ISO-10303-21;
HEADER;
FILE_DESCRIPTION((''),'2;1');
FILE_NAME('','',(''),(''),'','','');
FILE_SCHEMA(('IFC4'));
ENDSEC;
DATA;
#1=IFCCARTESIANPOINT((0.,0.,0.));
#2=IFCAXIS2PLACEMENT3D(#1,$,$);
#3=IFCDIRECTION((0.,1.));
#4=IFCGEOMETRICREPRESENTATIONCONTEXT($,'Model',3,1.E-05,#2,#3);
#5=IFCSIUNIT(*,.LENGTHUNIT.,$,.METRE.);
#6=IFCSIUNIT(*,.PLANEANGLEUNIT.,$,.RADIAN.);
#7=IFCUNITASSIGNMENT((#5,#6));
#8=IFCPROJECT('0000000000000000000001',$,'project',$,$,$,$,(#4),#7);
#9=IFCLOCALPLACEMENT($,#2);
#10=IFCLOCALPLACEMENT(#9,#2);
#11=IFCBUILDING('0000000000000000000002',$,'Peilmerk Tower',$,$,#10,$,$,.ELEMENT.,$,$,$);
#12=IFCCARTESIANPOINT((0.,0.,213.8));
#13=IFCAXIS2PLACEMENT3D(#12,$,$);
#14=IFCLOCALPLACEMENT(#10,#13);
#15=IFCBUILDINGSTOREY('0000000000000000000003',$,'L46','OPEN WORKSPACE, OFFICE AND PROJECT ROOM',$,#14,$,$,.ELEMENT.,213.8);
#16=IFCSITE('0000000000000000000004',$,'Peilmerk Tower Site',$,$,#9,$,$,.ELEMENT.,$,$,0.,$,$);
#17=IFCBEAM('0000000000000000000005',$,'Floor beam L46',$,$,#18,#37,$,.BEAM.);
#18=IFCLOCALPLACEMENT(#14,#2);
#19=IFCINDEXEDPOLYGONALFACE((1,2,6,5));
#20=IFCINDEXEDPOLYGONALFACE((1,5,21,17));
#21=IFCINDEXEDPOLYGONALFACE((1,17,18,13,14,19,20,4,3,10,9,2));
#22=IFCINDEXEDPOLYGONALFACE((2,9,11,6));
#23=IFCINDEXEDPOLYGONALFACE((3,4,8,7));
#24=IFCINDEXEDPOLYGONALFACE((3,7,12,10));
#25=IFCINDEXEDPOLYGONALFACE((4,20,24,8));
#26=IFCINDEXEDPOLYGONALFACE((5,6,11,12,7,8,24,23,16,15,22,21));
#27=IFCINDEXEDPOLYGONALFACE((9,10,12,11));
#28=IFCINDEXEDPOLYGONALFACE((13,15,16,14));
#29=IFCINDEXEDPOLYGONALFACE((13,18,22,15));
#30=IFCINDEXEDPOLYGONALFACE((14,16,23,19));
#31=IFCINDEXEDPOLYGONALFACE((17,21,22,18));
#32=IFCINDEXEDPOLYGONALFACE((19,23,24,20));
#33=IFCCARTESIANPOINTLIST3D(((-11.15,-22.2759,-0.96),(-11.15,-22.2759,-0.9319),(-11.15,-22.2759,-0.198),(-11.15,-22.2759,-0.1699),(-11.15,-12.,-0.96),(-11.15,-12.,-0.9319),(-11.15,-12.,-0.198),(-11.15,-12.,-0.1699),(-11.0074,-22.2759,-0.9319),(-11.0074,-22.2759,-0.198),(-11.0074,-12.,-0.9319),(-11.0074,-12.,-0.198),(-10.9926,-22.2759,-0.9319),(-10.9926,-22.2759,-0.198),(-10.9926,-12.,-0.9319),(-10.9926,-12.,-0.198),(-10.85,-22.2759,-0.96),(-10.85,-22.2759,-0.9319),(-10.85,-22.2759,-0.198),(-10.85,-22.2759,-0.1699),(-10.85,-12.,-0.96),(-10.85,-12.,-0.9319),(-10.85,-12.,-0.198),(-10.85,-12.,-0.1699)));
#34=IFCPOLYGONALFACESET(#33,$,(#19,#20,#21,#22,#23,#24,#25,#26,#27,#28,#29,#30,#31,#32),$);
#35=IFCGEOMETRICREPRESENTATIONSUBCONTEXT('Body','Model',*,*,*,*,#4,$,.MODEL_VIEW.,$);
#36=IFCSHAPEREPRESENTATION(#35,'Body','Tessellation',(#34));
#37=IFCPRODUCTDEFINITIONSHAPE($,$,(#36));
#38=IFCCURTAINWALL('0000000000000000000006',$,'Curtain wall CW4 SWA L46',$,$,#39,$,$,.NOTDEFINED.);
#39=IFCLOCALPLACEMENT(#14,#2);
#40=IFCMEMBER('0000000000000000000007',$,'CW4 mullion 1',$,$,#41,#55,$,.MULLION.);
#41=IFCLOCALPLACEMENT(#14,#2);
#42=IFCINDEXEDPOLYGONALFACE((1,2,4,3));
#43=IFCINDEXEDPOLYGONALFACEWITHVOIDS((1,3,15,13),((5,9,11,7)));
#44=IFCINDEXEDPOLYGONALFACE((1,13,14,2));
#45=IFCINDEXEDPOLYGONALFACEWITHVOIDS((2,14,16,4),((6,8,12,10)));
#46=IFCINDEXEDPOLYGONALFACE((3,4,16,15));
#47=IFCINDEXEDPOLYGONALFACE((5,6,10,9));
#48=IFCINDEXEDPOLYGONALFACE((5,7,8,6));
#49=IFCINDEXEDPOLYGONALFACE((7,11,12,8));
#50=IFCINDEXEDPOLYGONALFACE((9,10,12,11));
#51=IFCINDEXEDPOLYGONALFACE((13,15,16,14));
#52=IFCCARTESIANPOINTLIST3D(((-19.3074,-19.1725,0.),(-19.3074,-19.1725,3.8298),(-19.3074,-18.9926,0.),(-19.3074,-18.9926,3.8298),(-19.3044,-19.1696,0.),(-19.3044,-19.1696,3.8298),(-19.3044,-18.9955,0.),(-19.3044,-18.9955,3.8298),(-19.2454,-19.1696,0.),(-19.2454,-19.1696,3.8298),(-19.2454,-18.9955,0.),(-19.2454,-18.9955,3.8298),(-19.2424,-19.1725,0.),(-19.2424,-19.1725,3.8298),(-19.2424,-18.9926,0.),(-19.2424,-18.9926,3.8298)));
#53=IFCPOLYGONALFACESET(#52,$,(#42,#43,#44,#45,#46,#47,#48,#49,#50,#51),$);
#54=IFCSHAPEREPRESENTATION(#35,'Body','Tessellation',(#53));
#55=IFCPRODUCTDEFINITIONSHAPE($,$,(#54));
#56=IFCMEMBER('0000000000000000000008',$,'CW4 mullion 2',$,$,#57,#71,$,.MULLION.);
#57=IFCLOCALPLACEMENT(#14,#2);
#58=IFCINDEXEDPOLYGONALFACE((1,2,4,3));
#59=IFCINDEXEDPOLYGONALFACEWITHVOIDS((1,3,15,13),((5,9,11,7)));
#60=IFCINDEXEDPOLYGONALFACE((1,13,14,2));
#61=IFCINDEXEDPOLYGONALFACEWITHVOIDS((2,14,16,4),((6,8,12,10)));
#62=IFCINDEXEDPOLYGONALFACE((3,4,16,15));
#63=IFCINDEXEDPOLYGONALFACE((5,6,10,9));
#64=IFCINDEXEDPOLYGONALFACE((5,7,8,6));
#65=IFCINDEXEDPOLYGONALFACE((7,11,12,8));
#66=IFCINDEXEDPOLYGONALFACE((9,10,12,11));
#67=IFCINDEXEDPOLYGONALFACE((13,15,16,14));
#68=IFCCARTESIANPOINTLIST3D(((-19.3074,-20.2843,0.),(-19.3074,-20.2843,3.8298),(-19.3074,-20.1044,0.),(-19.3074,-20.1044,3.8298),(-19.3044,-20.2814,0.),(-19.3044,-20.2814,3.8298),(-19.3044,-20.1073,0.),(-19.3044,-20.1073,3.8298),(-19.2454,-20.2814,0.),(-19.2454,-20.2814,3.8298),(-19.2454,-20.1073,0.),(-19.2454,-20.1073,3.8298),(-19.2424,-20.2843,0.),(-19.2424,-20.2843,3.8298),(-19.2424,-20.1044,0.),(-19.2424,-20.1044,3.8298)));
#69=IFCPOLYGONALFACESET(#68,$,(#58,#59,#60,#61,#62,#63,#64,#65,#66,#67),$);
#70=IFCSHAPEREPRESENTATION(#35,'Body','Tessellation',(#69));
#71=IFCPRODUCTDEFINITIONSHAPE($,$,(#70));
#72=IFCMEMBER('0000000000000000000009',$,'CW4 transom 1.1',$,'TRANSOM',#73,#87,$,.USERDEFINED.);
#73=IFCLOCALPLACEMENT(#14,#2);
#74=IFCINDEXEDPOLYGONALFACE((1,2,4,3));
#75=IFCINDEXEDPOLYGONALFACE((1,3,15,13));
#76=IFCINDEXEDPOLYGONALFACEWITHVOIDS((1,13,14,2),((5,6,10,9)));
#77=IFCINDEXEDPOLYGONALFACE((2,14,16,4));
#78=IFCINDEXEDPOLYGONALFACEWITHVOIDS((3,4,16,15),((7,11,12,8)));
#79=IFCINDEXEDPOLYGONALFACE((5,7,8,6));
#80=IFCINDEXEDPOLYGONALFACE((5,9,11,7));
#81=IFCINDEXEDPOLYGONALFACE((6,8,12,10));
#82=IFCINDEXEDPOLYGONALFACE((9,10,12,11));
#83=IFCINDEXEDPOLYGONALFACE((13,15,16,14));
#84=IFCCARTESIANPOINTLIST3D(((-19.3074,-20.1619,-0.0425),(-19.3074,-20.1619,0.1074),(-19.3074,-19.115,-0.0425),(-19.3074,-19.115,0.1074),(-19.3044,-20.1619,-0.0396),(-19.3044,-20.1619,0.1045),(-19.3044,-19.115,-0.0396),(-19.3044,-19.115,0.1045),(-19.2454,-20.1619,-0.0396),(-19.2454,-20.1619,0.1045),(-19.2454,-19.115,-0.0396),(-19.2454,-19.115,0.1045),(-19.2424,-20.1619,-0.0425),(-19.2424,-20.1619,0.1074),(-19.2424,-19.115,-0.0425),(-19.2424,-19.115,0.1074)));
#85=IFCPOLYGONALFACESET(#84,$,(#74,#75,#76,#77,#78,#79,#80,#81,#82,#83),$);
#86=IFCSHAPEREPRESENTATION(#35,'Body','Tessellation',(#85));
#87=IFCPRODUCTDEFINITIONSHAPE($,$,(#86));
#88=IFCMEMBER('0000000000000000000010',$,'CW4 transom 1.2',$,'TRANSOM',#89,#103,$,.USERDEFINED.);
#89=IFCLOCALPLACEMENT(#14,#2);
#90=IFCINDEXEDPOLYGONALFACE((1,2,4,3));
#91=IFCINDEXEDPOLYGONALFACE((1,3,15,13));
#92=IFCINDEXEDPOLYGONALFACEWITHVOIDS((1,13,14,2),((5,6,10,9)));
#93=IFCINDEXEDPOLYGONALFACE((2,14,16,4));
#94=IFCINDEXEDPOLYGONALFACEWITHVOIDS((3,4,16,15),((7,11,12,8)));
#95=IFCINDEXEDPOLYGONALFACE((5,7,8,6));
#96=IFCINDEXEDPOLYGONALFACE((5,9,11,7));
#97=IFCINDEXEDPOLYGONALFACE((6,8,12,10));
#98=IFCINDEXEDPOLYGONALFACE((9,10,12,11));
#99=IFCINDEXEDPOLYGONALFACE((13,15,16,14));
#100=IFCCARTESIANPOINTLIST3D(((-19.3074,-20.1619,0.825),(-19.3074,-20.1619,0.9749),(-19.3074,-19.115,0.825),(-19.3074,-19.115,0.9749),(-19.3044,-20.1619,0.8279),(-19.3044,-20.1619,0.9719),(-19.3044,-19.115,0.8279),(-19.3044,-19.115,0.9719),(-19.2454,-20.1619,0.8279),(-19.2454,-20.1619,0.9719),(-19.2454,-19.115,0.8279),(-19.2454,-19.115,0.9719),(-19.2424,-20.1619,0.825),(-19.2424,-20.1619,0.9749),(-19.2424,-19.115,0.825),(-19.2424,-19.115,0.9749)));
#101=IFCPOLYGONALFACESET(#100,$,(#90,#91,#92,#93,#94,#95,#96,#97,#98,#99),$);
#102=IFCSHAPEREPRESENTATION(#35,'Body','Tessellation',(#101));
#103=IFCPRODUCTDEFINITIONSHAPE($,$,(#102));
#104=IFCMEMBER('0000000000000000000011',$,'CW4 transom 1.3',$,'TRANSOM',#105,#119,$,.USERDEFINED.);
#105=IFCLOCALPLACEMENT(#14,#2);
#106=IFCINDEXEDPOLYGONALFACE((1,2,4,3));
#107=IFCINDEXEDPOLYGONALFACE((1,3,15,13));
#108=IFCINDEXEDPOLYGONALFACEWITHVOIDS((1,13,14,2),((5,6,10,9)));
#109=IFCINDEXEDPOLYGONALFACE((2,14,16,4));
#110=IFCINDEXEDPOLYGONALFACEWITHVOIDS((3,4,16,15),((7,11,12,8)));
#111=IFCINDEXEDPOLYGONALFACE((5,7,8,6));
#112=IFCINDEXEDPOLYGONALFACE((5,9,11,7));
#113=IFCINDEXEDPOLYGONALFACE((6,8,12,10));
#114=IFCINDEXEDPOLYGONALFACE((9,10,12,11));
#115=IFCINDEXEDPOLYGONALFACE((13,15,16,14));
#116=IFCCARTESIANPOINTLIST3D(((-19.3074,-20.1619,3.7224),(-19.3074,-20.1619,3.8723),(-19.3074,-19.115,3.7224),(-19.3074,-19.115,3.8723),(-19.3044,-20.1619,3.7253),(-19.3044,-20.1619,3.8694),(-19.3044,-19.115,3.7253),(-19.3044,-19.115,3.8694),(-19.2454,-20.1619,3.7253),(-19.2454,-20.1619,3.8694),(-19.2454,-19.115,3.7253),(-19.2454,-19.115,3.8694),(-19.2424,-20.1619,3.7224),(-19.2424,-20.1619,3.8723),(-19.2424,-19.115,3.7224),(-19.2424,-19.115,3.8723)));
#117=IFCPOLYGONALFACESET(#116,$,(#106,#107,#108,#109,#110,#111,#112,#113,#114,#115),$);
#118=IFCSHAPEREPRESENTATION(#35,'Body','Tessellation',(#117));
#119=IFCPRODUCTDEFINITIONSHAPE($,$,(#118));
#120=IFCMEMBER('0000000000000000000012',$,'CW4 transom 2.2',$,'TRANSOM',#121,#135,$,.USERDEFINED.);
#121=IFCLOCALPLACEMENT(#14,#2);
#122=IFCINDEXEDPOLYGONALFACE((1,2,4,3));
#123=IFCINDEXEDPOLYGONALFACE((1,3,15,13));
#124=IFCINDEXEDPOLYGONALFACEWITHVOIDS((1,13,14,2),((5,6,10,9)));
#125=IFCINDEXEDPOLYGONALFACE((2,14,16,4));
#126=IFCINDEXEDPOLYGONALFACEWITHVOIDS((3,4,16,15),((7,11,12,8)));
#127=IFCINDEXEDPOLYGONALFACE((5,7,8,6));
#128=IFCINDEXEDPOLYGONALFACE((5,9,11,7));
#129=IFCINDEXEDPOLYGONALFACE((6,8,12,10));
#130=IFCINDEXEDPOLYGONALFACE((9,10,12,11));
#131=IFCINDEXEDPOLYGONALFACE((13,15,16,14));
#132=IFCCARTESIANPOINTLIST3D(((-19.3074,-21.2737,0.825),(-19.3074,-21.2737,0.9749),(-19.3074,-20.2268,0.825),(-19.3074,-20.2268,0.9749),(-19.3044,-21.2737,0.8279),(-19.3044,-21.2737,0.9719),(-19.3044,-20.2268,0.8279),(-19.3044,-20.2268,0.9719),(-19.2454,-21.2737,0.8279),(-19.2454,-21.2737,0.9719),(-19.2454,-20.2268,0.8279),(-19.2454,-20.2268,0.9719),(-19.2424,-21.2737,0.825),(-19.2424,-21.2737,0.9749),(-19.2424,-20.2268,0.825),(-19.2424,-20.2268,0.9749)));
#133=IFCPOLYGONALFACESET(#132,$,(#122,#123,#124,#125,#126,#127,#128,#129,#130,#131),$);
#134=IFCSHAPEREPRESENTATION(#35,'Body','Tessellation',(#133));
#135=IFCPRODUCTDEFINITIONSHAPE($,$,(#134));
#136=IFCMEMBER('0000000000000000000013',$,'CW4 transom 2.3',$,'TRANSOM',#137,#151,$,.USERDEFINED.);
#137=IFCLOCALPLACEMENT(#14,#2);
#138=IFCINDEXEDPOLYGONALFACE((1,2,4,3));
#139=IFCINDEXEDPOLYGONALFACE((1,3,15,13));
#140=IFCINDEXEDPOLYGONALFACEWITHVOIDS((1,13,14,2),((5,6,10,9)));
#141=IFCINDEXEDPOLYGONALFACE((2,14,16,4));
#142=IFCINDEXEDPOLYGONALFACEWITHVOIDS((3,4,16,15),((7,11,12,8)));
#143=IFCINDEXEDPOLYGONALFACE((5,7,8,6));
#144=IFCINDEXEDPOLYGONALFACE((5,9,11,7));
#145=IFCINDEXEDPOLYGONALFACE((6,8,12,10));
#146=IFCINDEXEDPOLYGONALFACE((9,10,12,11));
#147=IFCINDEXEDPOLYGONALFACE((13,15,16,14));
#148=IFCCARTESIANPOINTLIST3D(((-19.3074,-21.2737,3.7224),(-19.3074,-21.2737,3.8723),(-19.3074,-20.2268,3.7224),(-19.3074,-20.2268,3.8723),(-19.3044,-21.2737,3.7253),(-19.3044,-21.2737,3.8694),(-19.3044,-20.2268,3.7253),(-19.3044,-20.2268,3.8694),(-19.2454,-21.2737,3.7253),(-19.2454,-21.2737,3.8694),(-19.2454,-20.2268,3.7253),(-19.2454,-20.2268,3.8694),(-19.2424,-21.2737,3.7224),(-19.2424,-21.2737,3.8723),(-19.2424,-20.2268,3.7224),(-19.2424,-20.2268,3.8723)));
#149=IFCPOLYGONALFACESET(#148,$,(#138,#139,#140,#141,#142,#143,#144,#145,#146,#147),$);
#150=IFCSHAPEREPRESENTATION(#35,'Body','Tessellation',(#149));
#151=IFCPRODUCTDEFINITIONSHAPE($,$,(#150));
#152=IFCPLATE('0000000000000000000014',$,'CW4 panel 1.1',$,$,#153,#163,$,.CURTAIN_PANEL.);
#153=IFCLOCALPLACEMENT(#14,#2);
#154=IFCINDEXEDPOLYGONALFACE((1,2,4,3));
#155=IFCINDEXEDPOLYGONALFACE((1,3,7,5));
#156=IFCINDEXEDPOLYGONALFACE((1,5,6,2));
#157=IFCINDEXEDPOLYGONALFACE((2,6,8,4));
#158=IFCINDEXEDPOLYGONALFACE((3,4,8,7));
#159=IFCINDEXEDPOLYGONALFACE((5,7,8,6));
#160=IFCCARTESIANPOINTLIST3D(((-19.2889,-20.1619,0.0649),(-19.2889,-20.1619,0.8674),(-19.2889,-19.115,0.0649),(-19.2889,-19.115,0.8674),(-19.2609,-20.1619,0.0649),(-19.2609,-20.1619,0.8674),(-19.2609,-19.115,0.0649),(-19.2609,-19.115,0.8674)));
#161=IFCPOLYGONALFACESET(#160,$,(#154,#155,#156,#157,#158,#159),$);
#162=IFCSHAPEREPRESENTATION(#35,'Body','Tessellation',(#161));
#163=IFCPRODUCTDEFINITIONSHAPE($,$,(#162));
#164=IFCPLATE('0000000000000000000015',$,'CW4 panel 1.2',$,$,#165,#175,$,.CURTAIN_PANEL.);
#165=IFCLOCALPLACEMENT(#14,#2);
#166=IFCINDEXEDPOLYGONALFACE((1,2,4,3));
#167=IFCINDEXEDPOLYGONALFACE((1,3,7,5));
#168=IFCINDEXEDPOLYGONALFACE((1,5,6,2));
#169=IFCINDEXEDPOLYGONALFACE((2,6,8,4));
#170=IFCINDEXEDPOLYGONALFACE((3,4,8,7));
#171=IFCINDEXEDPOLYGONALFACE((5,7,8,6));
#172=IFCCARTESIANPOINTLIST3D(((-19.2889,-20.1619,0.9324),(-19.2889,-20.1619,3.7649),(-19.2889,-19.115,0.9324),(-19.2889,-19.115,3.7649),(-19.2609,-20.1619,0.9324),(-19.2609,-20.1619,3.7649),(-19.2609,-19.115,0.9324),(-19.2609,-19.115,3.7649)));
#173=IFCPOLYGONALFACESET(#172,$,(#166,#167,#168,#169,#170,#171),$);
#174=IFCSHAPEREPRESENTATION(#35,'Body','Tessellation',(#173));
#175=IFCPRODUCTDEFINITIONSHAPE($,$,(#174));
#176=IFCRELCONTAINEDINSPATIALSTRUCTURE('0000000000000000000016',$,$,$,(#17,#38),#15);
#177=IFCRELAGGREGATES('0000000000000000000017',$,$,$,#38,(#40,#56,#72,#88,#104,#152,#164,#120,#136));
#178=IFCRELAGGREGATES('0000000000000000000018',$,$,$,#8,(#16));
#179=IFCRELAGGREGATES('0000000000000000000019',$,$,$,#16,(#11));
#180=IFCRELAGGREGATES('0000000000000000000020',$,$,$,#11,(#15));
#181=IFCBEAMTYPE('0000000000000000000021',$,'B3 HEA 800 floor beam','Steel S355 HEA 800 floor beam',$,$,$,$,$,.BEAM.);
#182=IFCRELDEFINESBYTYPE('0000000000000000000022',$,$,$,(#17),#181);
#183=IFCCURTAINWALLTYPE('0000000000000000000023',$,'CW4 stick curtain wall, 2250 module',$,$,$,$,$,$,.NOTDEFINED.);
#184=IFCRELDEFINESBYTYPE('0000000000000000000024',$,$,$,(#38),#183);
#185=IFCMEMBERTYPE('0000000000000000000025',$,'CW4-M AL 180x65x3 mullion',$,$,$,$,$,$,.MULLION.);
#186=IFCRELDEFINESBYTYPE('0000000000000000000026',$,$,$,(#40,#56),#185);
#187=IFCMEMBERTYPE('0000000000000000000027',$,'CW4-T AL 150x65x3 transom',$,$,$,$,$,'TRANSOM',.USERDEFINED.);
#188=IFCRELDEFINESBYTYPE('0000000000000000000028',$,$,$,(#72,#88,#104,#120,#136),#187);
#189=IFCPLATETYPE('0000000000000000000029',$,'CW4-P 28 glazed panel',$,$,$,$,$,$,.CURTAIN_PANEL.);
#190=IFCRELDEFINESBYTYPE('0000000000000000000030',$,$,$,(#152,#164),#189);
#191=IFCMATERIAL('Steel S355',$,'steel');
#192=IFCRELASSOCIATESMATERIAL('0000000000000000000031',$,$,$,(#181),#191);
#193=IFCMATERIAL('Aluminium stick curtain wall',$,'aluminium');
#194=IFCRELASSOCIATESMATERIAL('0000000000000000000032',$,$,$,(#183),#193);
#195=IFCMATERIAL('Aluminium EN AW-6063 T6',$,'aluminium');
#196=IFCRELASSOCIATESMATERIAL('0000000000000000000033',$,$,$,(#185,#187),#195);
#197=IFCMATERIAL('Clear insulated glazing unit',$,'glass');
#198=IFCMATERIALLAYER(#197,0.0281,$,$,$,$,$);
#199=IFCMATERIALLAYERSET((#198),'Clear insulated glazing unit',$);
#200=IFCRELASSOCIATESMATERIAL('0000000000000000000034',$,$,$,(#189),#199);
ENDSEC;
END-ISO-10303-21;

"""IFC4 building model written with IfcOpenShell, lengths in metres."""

from ifc_helpers import new_model, si_unit, direction, frame, origin, origin_2d, place, context, subcontext, project, spatial, rectangle, hollow_rectangle, i_section, extrude, material, layer, layer_set, material_profile, profile_set, type_object, element, aggregate, save


model = new_model("IFC4")

# Units and contexts
model_context = context("Model", 3, precision=1e-05, world=origin(), true_north=direction((0.0, 1.0)))
body_context = subcontext(model_context, "Body", "Model", "MODEL_VIEW")
ifc_project = project(units=[si_unit("LENGTHUNIT", "METRE"), si_unit("PLANEANGLEUNIT", "RADIAN")], contexts=[model_context])

# Site, building, storey
site_placement = place(None, origin())
site = spatial("IfcSite", under=ifc_project, at=site_placement, Name="Peilmerk Tower Site", CompositionType="ELEMENT", RefElevation=0.0)
building_placement = place(site_placement, origin())
building = spatial("IfcBuilding", under=site, at=building_placement, Name="Peilmerk Tower", CompositionType="ELEMENT")
storey_placement = place(building_placement, frame((0.0, 0.0, 213.8)))
storey = spatial("IfcBuildingStorey", under=building, at=storey_placement, Name="L46", Description="OPEN WORKSPACE, OFFICE AND PROJECT ROOM", CompositionType="ELEMENT", Elevation=213.8)

# Beam
ifc_material_1 = material(Name="Steel S355", Category="steel")
ifc_material_profile_1 = material_profile(ifc_material_1, i_section(OverallWidth=0.3, OverallDepth=0.79, WebThickness=0.0149, FlangeThickness=0.0281, at=origin_2d()), Name="HEA 800")
ifc_profile_set_1 = profile_set([ifc_material_profile_1], Name="Steel S355")
beam_type_1 = type_object("IfcBeamType", Name="B3 HEA 800 floor beam", Description="Steel S355 HEA 800 floor beam", PredefinedType="BEAM", material=ifc_profile_set_1)
beam_1_placement = place(storey_placement, frame((-11.0, -12.0, -0.5649), z_axis=(0.0, -1.0, 0.0), x_axis=(1.0, 0.0, 0.0)))
element("IfcBeam", 1, at=beam_1_placement, inside=storey, type_object=beam_type_1, Name="Floor beam L46", PredefinedType="BEAM", context=body_context, shape_type="SweptSolid", body=[
    extrude(i_section(OverallWidth=0.3, OverallDepth=0.79, WebThickness=0.0149, FlangeThickness=0.0281, at=origin_2d()), origin(), (0.0, 0.0, 1.0), 10.2759),
])

# Curtain wall, members, plates
ifc_material_2 = material(Name="Aluminium stick curtain wall", Category="aluminium")
curtain_wall_type = type_object("IfcCurtainWallType", Name="CW4 stick curtain wall, 2250 module", PredefinedType="NOTDEFINED", material=ifc_material_2)
curtain_wall_placement = place(storey_placement, origin())
curtain_wall = element("IfcCurtainWall", 2, at=curtain_wall_placement, inside=storey, type_object=curtain_wall_type, Name="Curtain wall CW4 SWA L46", PredefinedType="NOTDEFINED")
ifc_material_3 = material(Name="Aluminium EN AW-6063 T6", Category="aluminium")
ifc_material_profile_2 = material_profile(ifc_material_3, hollow_rectangle(XDim=0.0649, YDim=0.1799, WallThickness=0.0029, at=origin_2d()), Name="AL 180x65x3")
ifc_profile_set_2 = profile_set([ifc_material_profile_2], Name="Aluminium EN AW-6063 T6")
member_type_1 = type_object("IfcMemberType", Name="CW4-M AL 180x65x3 mullion", PredefinedType="MULLION", material=ifc_profile_set_2)
member_1_placement = place(storey_placement, frame((-19.2749, -19.0825, 0.0), z_axis=(0.0, 0.0, 1.0), x_axis=(1.0, 0.0, 0.0)))
member_1 = element("IfcMember", 3, at=member_1_placement, type_object=member_type_1, Name="CW4 mullion 1", PredefinedType="MULLION", context=body_context, shape_type="SweptSolid", body=[
    extrude(hollow_rectangle(XDim=0.0649, YDim=0.1799, WallThickness=0.0029, at=origin_2d()), origin(), (0.0, 0.0, 1.0), 3.8298),
])
member_2_placement = place(storey_placement, frame((-19.2749, -20.1943, 0.0), z_axis=(0.0, 0.0, 1.0), x_axis=(1.0, 0.0, 0.0)))
member_2 = element("IfcMember", 4, at=member_2_placement, type_object=member_type_1, Name="CW4 mullion 2", PredefinedType="MULLION", context=body_context, shape_type="SweptSolid", body=[
    extrude(hollow_rectangle(XDim=0.0649, YDim=0.1799, WallThickness=0.0029, at=origin_2d()), origin(), (0.0, 0.0, 1.0), 3.8298),
])
ifc_material_profile_3 = material_profile(ifc_material_3, hollow_rectangle(XDim=0.0649, YDim=0.1499, WallThickness=0.0029, at=origin_2d()), Name="AL 150x65x3")
ifc_profile_set_3 = profile_set([ifc_material_profile_3], Name="Aluminium EN AW-6063 T6")
member_type_2 = type_object("IfcMemberType", Name="CW4-T AL 150x65x3 transom", ElementType="TRANSOM", PredefinedType="USERDEFINED", material=ifc_profile_set_3)
member_3_placement = place(storey_placement, frame((-19.2749, -19.115, 0.0325), z_axis=(0.0, -1.0, 0.0), x_axis=(1.0, 0.0, 0.0)))
member_3 = element("IfcMember", 5, at=member_3_placement, type_object=member_type_2, Name="CW4 transom 1.1", ObjectType="TRANSOM", PredefinedType="USERDEFINED", context=body_context, shape_type="SweptSolid", body=[
    extrude(hollow_rectangle(XDim=0.0649, YDim=0.1499, WallThickness=0.0029, at=origin_2d()), origin(), (0.0, 0.0, 1.0), 1.0469),
])
member_4_placement = place(storey_placement, frame((-19.2749, -19.115, 0.8999), z_axis=(0.0, -1.0, 0.0), x_axis=(1.0, 0.0, 0.0)))
member_4 = element("IfcMember", 6, at=member_4_placement, type_object=member_type_2, Name="CW4 transom 1.2", ObjectType="TRANSOM", PredefinedType="USERDEFINED", context=body_context, shape_type="SweptSolid", body=[
    extrude(hollow_rectangle(XDim=0.0649, YDim=0.1499, WallThickness=0.0029, at=origin_2d()), origin(), (0.0, 0.0, 1.0), 1.0469),
])
member_5_placement = place(storey_placement, frame((-19.2749, -19.115, 3.7974), z_axis=(0.0, -1.0, 0.0), x_axis=(1.0, 0.0, 0.0)))
member_5 = element("IfcMember", 7, at=member_5_placement, type_object=member_type_2, Name="CW4 transom 1.3", ObjectType="TRANSOM", PredefinedType="USERDEFINED", context=body_context, shape_type="SweptSolid", body=[
    extrude(hollow_rectangle(XDim=0.0649, YDim=0.1499, WallThickness=0.0029, at=origin_2d()), origin(), (0.0, 0.0, 1.0), 1.0469),
])
member_6_placement = place(storey_placement, frame((-19.2749, -20.2268, 0.8999), z_axis=(0.0, -1.0, 0.0), x_axis=(1.0, 0.0, 0.0)))
member_6 = element("IfcMember", 8, at=member_6_placement, type_object=member_type_2, Name="CW4 transom 2.2", ObjectType="TRANSOM", PredefinedType="USERDEFINED", context=body_context, shape_type="SweptSolid", body=[
    extrude(hollow_rectangle(XDim=0.0649, YDim=0.1499, WallThickness=0.0029, at=origin_2d()), origin(), (0.0, 0.0, 1.0), 1.0469),
])
member_7_placement = place(storey_placement, frame((-19.2749, -20.2268, 3.7974), z_axis=(0.0, -1.0, 0.0), x_axis=(1.0, 0.0, 0.0)))
member_7 = element("IfcMember", 9, at=member_7_placement, type_object=member_type_2, Name="CW4 transom 2.3", ObjectType="TRANSOM", PredefinedType="USERDEFINED", context=body_context, shape_type="SweptSolid", body=[
    extrude(hollow_rectangle(XDim=0.0649, YDim=0.1499, WallThickness=0.0029, at=origin_2d()), origin(), (0.0, 0.0, 1.0), 1.0469),
])
ifc_material_4 = material(Name="Clear insulated glazing unit", Category="glass")
ifc_layer_1 = layer(ifc_material_4, 0.0281)
ifc_layer_set_1 = layer_set([ifc_layer_1], Name="Clear insulated glazing unit")
plate_type = type_object("IfcPlateType", Name="CW4-P 28 glazed panel", PredefinedType="CURTAIN_PANEL", material=ifc_layer_set_1)
plate_1_placement = place(storey_placement, frame((-19.2749, -19.6384, 0.0649), z_axis=(0.0, 0.0, 1.0), x_axis=(0.0, -1.0, 0.0)))
plate_1 = element("IfcPlate", 10, at=plate_1_placement, type_object=plate_type, Name="CW4 panel 1.1", PredefinedType="CURTAIN_PANEL", context=body_context, shape_type="SweptSolid", body=[
    extrude(rectangle(XDim=1.0469, YDim=0.0281, at=origin_2d()), origin(), (0.0, 0.0, 1.0), 0.8025),
])
plate_2_placement = place(storey_placement, frame((-19.2749, -19.6384, 0.9324), z_axis=(0.0, 0.0, 1.0), x_axis=(0.0, -1.0, 0.0)))
plate_2 = element("IfcPlate", 11, at=plate_2_placement, type_object=plate_type, Name="CW4 panel 1.2", PredefinedType="CURTAIN_PANEL", context=body_context, shape_type="SweptSolid", body=[
    extrude(rectangle(XDim=1.0469, YDim=0.0281, at=origin_2d()), origin(), (0.0, 0.0, 1.0), 2.8325),
])
aggregate(curtain_wall, [member_1, member_2, member_3, member_4, member_5, plate_1, plate_2, member_6, member_7])

save(model, "model.ifc")
